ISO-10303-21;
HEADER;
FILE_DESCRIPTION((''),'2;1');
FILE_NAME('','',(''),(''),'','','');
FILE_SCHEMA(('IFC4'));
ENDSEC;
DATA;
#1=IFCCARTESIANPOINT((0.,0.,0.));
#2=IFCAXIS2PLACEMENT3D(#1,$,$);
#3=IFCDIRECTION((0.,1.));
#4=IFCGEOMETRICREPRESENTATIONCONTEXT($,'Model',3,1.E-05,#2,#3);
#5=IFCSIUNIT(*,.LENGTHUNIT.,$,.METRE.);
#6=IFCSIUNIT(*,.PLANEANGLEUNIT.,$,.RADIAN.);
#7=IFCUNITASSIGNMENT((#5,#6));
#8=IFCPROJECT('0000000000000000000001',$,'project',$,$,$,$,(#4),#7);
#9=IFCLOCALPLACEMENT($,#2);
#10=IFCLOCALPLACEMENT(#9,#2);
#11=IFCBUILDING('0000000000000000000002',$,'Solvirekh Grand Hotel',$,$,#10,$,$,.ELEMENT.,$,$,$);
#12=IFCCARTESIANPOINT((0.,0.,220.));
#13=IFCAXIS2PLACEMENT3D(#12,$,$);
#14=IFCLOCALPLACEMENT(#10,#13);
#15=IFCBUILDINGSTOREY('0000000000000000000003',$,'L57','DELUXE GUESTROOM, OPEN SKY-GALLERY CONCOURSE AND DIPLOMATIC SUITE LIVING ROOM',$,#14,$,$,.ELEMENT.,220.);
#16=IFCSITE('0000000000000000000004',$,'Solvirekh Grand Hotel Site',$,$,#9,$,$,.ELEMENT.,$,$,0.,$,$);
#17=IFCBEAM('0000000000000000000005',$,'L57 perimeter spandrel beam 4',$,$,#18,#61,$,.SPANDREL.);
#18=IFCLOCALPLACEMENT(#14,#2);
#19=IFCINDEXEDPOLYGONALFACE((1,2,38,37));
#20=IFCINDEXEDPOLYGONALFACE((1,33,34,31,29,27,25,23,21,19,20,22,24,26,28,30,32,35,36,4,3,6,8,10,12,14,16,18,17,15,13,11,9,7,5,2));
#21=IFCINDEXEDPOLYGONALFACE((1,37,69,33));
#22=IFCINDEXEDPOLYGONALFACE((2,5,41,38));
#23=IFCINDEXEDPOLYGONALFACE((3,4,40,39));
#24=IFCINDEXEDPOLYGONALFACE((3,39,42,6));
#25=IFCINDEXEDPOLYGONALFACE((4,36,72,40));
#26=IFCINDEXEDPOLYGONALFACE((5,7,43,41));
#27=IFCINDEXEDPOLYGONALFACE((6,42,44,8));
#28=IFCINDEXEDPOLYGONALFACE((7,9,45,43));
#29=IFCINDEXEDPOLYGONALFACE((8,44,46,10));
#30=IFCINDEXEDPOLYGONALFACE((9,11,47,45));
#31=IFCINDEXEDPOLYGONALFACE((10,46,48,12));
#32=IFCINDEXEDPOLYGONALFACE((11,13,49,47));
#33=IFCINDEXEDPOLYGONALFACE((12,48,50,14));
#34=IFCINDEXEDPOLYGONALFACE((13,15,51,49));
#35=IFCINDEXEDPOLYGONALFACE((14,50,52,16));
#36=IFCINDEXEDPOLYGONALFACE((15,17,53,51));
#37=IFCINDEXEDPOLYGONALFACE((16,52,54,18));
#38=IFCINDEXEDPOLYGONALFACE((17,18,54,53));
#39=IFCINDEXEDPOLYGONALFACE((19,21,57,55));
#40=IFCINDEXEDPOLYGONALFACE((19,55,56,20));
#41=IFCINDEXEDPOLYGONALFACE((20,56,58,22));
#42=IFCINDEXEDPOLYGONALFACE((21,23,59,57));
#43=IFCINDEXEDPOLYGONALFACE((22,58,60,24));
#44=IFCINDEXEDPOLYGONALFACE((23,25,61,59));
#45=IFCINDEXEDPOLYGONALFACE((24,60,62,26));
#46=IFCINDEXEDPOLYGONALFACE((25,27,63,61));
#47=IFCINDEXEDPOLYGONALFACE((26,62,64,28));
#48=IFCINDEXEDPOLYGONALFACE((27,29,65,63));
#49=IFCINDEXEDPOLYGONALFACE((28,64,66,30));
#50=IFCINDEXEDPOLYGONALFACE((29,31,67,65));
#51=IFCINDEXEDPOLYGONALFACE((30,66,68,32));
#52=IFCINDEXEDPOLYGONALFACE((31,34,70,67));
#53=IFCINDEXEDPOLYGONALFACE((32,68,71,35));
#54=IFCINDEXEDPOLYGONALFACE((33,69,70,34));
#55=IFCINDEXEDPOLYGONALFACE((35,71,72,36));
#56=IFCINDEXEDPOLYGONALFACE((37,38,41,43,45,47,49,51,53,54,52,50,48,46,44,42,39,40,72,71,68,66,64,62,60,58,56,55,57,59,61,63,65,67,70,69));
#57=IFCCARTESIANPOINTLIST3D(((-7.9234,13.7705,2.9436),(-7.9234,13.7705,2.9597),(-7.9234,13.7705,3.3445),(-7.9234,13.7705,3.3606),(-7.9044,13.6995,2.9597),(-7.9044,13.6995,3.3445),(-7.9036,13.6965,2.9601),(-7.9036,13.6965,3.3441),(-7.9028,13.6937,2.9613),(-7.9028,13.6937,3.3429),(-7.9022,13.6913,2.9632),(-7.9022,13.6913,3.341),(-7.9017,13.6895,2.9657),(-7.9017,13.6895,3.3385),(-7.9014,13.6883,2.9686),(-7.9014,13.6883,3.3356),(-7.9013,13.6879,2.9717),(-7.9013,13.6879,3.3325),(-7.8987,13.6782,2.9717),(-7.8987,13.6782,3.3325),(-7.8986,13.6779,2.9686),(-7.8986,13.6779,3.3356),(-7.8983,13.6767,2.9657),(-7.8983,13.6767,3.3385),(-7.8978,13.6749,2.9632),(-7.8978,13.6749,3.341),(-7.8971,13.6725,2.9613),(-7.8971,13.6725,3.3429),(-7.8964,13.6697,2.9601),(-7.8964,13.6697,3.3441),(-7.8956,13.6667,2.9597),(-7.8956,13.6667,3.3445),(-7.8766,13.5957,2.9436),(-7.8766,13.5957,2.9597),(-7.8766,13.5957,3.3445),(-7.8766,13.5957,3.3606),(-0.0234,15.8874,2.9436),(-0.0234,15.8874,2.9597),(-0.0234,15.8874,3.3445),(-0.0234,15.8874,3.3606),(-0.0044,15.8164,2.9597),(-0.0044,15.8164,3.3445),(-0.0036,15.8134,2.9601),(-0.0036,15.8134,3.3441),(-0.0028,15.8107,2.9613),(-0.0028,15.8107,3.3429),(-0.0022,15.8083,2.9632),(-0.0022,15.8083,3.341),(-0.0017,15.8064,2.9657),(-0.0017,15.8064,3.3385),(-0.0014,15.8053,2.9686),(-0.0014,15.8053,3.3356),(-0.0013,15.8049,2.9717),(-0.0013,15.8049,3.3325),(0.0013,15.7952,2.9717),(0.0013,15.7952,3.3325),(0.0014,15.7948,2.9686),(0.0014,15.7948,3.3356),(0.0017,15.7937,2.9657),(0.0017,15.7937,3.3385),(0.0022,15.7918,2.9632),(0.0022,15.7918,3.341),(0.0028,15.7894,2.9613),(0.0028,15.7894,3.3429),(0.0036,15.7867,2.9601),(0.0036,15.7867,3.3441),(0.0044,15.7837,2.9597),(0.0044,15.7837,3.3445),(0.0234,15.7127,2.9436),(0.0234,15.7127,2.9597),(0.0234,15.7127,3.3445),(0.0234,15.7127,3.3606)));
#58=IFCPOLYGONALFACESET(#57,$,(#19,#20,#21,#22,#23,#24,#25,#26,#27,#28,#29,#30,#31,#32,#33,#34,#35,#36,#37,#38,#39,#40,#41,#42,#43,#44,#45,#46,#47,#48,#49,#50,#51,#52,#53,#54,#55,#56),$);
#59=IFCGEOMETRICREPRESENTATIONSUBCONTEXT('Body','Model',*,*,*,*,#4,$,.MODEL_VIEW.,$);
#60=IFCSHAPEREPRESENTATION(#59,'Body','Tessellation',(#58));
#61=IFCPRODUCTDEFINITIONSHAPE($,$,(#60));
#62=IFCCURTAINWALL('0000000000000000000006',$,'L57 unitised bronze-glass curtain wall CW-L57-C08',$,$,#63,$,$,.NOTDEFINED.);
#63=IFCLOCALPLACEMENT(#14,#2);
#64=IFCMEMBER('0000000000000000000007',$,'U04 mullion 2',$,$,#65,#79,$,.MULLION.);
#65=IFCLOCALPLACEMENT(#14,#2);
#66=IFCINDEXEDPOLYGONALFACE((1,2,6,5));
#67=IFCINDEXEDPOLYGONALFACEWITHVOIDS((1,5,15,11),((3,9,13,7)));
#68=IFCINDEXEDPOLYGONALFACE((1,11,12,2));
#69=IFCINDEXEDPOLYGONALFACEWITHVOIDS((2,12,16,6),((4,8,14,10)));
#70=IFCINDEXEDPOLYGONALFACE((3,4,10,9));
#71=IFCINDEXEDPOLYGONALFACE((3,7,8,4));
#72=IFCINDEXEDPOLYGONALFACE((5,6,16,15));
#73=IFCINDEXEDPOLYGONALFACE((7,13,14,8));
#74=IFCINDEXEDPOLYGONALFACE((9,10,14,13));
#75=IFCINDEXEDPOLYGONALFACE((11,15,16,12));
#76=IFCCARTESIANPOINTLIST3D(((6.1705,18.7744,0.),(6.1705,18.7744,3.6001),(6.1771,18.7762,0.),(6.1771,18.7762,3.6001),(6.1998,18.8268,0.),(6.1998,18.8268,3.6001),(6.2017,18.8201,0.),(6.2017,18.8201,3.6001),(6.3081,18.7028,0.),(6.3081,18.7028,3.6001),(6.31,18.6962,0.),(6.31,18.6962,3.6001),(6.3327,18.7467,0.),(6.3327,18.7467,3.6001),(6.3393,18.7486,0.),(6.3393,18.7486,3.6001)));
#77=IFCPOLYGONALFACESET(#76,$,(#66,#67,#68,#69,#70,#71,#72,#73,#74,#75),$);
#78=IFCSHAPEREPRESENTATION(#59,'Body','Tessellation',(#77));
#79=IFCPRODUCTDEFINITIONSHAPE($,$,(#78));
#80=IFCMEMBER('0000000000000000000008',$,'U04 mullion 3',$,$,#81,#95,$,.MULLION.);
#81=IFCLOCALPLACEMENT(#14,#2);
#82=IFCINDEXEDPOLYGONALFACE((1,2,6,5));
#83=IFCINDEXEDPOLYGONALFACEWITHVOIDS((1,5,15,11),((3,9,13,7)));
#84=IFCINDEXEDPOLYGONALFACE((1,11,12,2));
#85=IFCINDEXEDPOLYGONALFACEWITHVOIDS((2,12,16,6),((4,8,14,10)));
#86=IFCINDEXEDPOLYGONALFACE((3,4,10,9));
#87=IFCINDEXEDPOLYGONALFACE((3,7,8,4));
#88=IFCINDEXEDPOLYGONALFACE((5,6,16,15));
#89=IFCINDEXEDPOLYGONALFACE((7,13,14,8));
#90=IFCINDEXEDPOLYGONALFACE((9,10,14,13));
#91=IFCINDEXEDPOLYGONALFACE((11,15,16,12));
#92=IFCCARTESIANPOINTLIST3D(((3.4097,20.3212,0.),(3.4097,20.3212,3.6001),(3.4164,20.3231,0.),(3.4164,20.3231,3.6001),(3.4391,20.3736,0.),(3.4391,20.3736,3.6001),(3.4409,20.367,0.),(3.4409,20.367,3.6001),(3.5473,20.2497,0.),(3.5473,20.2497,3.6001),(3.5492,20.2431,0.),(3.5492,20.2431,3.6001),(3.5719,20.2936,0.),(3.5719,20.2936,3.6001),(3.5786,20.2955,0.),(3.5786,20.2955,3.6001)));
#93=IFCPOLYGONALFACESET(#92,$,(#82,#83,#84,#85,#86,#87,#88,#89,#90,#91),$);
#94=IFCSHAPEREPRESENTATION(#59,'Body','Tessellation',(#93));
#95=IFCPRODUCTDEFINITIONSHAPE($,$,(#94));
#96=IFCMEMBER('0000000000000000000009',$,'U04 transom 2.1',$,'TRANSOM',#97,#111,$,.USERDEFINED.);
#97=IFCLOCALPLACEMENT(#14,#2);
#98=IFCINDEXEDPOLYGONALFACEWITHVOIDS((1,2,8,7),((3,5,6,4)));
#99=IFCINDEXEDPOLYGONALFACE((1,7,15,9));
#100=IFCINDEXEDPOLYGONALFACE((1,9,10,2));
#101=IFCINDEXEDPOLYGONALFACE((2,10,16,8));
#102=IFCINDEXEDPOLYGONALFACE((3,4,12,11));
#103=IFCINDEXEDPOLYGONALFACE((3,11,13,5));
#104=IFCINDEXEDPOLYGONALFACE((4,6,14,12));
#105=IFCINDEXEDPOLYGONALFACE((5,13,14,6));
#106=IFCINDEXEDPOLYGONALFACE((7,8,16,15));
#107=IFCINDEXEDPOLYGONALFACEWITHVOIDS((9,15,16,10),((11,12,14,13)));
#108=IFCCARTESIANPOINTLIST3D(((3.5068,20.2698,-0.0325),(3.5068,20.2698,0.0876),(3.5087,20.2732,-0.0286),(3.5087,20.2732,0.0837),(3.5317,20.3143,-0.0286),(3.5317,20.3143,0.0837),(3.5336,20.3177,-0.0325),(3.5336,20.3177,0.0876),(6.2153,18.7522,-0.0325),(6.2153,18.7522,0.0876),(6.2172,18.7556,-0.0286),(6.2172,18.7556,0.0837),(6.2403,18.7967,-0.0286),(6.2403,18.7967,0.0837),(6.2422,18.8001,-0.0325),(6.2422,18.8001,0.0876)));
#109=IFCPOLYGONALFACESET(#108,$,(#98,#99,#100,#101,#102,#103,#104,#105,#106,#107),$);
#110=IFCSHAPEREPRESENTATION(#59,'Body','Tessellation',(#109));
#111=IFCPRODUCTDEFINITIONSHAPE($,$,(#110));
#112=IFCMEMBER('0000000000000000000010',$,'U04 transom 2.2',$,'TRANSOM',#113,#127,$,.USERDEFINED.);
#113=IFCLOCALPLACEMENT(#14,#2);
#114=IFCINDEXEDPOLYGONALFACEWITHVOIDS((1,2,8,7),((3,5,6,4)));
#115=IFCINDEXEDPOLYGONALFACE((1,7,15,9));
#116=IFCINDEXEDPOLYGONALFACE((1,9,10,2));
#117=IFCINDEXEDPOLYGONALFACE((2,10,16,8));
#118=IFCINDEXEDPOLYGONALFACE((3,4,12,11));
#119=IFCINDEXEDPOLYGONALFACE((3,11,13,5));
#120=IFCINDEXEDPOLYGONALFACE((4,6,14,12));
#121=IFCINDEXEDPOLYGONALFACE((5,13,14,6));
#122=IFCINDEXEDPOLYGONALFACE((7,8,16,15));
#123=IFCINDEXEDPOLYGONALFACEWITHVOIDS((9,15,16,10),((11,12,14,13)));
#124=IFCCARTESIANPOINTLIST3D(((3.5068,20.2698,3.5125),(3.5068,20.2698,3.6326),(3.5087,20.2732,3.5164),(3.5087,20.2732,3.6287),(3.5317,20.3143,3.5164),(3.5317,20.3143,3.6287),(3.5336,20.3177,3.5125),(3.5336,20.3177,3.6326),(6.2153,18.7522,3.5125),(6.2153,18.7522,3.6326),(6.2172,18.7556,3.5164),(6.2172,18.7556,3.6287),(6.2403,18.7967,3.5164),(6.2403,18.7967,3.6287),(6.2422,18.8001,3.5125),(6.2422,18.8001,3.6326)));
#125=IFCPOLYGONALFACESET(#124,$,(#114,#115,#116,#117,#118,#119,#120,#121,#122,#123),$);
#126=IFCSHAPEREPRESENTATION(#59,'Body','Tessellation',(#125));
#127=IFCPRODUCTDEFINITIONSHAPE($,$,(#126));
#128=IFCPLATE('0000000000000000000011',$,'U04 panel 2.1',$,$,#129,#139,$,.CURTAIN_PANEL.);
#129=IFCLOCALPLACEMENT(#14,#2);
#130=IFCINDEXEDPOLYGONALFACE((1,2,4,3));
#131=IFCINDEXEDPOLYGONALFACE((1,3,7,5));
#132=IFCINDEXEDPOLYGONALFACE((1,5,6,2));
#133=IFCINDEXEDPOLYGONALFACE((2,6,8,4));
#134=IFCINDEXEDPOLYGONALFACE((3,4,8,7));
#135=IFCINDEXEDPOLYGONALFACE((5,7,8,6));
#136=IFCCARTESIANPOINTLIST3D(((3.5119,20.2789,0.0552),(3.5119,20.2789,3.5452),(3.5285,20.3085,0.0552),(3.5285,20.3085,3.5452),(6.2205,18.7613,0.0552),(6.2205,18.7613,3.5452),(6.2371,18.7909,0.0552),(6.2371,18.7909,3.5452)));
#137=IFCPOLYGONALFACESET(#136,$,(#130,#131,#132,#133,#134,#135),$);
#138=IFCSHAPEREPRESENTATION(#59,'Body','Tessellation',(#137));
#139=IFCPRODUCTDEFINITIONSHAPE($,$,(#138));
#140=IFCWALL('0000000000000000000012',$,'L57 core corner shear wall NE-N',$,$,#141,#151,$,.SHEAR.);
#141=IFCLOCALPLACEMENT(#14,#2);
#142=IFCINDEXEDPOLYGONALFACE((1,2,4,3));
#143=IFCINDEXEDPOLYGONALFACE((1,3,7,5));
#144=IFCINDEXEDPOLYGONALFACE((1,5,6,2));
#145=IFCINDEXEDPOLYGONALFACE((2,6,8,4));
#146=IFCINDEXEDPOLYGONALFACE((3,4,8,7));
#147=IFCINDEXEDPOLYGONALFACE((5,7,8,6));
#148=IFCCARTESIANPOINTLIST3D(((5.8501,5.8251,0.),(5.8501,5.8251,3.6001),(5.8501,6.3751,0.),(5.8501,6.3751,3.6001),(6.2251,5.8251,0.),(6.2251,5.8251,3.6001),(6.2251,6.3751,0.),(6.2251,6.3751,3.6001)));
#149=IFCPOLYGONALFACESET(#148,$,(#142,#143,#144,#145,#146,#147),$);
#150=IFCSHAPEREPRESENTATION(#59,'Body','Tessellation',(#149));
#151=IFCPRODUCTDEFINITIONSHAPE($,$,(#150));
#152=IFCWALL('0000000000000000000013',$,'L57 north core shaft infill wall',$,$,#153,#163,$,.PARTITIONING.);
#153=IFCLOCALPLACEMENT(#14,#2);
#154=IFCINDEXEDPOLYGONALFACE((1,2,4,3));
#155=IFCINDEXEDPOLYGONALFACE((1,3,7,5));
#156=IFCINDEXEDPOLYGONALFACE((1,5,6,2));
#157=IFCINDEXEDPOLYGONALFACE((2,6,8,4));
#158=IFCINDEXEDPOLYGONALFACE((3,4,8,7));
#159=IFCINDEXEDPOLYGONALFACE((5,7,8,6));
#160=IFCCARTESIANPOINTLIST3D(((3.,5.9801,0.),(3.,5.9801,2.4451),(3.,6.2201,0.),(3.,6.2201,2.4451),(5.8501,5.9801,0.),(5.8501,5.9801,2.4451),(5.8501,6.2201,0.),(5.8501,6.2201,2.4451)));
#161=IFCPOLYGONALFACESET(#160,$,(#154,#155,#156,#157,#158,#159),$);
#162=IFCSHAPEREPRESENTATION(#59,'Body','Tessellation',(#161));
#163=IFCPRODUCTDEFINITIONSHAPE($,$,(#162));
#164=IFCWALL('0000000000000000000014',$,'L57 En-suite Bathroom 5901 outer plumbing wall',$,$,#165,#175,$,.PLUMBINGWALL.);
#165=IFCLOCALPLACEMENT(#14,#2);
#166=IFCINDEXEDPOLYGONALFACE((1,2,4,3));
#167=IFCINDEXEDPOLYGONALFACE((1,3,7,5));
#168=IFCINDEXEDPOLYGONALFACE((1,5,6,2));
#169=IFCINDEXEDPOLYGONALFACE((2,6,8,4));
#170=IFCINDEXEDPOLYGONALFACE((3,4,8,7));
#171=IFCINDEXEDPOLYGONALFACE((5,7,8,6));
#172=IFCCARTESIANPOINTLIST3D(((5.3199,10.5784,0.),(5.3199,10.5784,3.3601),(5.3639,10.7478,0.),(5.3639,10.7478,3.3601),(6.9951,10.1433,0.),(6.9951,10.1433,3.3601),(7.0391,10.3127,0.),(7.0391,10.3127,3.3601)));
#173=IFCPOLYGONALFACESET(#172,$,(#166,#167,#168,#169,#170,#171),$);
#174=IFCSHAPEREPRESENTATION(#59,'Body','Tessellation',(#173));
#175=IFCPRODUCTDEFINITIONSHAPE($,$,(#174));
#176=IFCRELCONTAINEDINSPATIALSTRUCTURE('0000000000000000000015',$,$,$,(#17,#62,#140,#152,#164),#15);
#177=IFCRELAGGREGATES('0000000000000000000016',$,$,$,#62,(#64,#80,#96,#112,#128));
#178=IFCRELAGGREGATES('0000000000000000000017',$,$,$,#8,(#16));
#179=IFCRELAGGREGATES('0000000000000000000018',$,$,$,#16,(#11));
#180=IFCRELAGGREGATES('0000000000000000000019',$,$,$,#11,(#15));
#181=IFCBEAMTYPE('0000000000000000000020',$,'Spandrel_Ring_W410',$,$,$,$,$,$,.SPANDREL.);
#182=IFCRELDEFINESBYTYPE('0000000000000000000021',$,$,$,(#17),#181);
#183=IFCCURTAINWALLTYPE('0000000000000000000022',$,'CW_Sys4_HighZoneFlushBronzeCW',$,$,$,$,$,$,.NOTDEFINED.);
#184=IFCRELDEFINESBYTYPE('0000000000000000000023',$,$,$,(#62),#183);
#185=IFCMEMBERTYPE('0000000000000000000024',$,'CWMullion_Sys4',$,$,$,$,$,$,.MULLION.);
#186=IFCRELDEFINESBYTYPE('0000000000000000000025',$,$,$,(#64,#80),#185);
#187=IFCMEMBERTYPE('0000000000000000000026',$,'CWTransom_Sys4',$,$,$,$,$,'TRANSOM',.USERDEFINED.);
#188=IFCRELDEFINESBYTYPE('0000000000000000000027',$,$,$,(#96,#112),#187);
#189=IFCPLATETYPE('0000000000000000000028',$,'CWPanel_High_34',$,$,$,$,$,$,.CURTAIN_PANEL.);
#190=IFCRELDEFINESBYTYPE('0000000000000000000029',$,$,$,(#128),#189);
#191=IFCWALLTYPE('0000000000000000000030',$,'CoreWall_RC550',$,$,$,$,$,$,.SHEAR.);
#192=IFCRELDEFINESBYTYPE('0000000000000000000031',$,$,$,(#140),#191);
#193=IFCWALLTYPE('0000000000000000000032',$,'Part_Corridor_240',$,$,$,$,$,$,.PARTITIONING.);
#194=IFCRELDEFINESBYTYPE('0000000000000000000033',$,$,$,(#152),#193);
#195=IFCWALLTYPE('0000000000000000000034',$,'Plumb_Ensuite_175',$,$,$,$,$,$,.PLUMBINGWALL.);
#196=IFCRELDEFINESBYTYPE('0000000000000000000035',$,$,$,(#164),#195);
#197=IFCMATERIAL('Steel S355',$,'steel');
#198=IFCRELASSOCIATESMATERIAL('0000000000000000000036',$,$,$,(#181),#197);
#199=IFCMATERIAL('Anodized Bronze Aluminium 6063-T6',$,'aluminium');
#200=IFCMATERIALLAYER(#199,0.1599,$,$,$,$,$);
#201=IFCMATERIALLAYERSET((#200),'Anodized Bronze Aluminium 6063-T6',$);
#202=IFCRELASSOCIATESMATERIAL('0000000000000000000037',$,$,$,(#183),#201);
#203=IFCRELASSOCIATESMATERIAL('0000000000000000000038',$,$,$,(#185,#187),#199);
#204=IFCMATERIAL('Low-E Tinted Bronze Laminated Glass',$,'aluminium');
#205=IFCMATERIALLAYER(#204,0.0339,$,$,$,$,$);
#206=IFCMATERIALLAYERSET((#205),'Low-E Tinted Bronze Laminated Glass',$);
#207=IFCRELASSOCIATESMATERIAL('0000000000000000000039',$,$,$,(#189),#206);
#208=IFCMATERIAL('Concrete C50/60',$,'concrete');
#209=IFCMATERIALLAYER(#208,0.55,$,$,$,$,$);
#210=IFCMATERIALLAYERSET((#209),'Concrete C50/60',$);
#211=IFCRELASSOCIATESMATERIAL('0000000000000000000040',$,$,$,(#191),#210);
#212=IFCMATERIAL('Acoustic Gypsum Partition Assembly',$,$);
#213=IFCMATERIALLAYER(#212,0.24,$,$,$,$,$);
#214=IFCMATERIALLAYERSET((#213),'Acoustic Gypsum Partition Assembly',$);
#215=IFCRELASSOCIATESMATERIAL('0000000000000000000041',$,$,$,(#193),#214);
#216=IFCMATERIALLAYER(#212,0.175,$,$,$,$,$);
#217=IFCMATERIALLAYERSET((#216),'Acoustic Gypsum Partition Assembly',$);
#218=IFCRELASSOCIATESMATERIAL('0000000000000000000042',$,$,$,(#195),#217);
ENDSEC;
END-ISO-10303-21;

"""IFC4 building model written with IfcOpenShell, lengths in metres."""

from ifc_helpers import new_model, si_unit, direction, frame, frame_2d, origin, origin_2d, place, context, subcontext, project, spatial, rectangle, hollow_rectangle, i_section, extrude, source, transform, mapped, material, layer, layer_set, material_profile, profile_set, type_object, element, aggregate, save


model = new_model("IFC4")

# Units and contexts
model_context = context("Model", 3, precision=1e-05, world=origin(), true_north=direction((0.0, 1.0)))
body_context = subcontext(model_context, "Body", "Model", "MODEL_VIEW")
ifc_project = project(units=[si_unit("LENGTHUNIT", "METRE"), si_unit("PLANEANGLEUNIT", "RADIAN")], contexts=[model_context])

# Site, building, storey
site_placement = place(None, origin())
site = spatial("IfcSite", under=ifc_project, at=site_placement, Name="Solvirekh Grand Hotel Site", CompositionType="ELEMENT", RefElevation=0.0)
building_placement = place(site_placement, origin())
building = spatial("IfcBuilding", under=site, at=building_placement, Name="Solvirekh Grand Hotel", CompositionType="ELEMENT")
storey_placement = place(building_placement, frame((0.0, 0.0, 220.0)))
storey = spatial("IfcBuildingStorey", under=building, at=storey_placement, Name="L57", Description="DELUXE GUESTROOM, OPEN SKY-GALLERY CONCOURSE AND DIPLOMATIC SUITE LIVING ROOM", CompositionType="ELEMENT", Elevation=220.0)

# Shared definitions
ifc_material_1 = material(Name="Concrete C50/60", Category="concrete")

# Beam
ifc_material_2 = material(Name="Steel S355", Category="steel")
ifc_material_profile_1 = material_profile(ifc_material_2, i_section(OverallWidth=0.1809, OverallDepth=0.417, WebThickness=0.01, FlangeThickness=0.0161, FilletRadius=0.012, at=origin_2d()), Name="W410X85")
ifc_profile_set_1 = profile_set([ifc_material_profile_1], Name="Steel S355")
beam_type_1 = type_object("IfcBeamType", Name="Spandrel_Ring_W410", PredefinedType="SPANDREL", material=ifc_profile_set_1)
beam_1_placement = place(storey_placement, frame((0.0, 15.8, 3.1521), z_axis=(-0.965921, -0.258839, 0.0), x_axis=(0.258839, -0.965921, 0.0)))
element("IfcBeam", 1, at=beam_1_placement, inside=storey, type_object=beam_type_1, Name="L57 perimeter spandrel beam 4", PredefinedType="SPANDREL", context=body_context, shape_type="SweptSolid", body=[
    extrude(i_section(OverallWidth=0.1809, OverallDepth=0.417, WebThickness=0.01, FlangeThickness=0.0161, FilletRadius=0.012, at=origin_2d()), origin(), (0.0, 0.0, 1.0), 8.1787),
])

# Curtain wall, members, plate
ifc_material_3 = material(Name="Anodized Bronze Aluminium 6063-T6", Category="aluminium")
ifc_layer_1 = layer(ifc_material_3, 0.1599)
ifc_layer_set_1 = layer_set([ifc_layer_1], Name="Anodized Bronze Aluminium 6063-T6")
curtain_wall_type = type_object("IfcCurtainWallType", Name="CW_Sys4_HighZoneFlushBronzeCW", PredefinedType="NOTDEFINED", material=ifc_layer_set_1)
curtain_wall_placement = place(storey_placement, origin())
curtain_wall = element("IfcCurtainWall", 2, at=curtain_wall_placement, inside=storey, type_object=curtain_wall_type, Name="L57 unitised bronze-glass curtain wall CW-L57-C08", PredefinedType="NOTDEFINED")
ifc_material_profile_2 = material_profile(ifc_material_3, hollow_rectangle(XDim=0.0601, YDim=0.1599, WallThickness=0.0049, at=origin_2d()), Name="ALU RHS 160X60X5")
ifc_profile_set_2 = profile_set([ifc_material_profile_2], Name="Anodized Bronze Aluminium 6063-T6")
member_type_1 = type_object("IfcMemberType", Name="CWMullion_Sys4", PredefinedType="MULLION", material=ifc_profile_set_2)
shared_shape_1 = source(origin(), body_context, "Body", "SweptSolid", [
    extrude(hollow_rectangle(XDim=0.0601, YDim=0.1599, WallThickness=0.0049, at=origin_2d()), origin(), (0.0, 0.0, 1.0), 3.6001),
])
member_1_placement = place(storey_placement, frame((6.2549, 18.7615, 0.0), z_axis=(0.0, 0.0, 1.0), x_axis=(-0.488789, -0.872402, 0.0)))
member_1 = element("IfcMember", 3, at=member_1_placement, type_object=member_type_1, Name="U04 mullion 2", PredefinedType="MULLION", context=body_context, shape_type="MappedRepresentation", body=[
    mapped(shared_shape_1, transform((0.0, 0.0, 0.0), x_axis=(1.0, 0.0, 0.0), y_axis=(0.0, 1.0, 0.0), z_axis=(0.0, 0.0, 1.0), scale=1.0)),
])
member_2_placement = place(storey_placement, frame((3.4941, 20.3083, 0.0), z_axis=(0.0, 0.0, 1.0), x_axis=(-0.488789, -0.872402, 0.0)))
member_2 = element("IfcMember", 4, at=member_2_placement, type_object=member_type_1, Name="U04 mullion 3", PredefinedType="MULLION", context=body_context, shape_type="MappedRepresentation", body=[
    mapped(shared_shape_1, transform((0.0, 0.0, 0.0), x_axis=(1.0, 0.0, 0.0), y_axis=(0.0, 1.0, 0.0), z_axis=(0.0, 0.0, 1.0), scale=1.0)),
])
ifc_material_profile_3 = material_profile(ifc_material_3, hollow_rectangle(XDim=0.0549, YDim=0.1201, WallThickness=0.0039, at=origin_2d()), Name="ALU RHS 120X55X4")
ifc_profile_set_3 = profile_set([ifc_material_profile_3], Name="Anodized Bronze Aluminium 6063-T6")
member_type_2 = type_object("IfcMemberType", Name="CWTransom_Sys4", ElementType="TRANSOM", PredefinedType="USERDEFINED", material=ifc_profile_set_3)
shared_shape_2 = source(origin(), body_context, "Body", "SweptSolid", [
    extrude(hollow_rectangle(XDim=0.0549, YDim=0.1201, WallThickness=0.0039, at=origin_2d()), origin(), (0.0, 0.0, 1.0), 3.1047),
])
member_3_placement = place(storey_placement, frame((6.2288, 18.7761, 0.0276), z_axis=(-0.872393, 0.488804, 0.0), x_axis=(-0.488804, -0.872393, 0.0)))
member_3 = element("IfcMember", 5, at=member_3_placement, type_object=member_type_2, Name="U04 transom 2.1", ObjectType="TRANSOM", PredefinedType="USERDEFINED", context=body_context, shape_type="MappedRepresentation", body=[
    mapped(shared_shape_2, transform((0.0, 0.0, 0.0), x_axis=(1.0, 0.0, 0.0), y_axis=(0.0, 1.0, 0.0), z_axis=(0.0, 0.0, 1.0), scale=1.0)),
])
member_4_placement = place(storey_placement, frame((6.2288, 18.7761, 3.5725), z_axis=(-0.872393, 0.488804, 0.0), x_axis=(-0.488804, -0.872393, 0.0)))
member_4 = element("IfcMember", 6, at=member_4_placement, type_object=member_type_2, Name="U04 transom 2.2", ObjectType="TRANSOM", PredefinedType="USERDEFINED", context=body_context, shape_type="MappedRepresentation", body=[
    mapped(shared_shape_2, transform((0.0, 0.0, 0.0), x_axis=(1.0, 0.0, 0.0), y_axis=(0.0, 1.0, 0.0), z_axis=(0.0, 0.0, 1.0), scale=1.0)),
])
ifc_material_4 = material(Name="Low-E Tinted Bronze Laminated Glass", Category="aluminium")
ifc_layer_2 = layer(ifc_material_4, 0.0339)
ifc_layer_set_2 = layer_set([ifc_layer_2], Name="Low-E Tinted Bronze Laminated Glass")
plate_type = type_object("IfcPlateType", Name="CWPanel_High_34", PredefinedType="CURTAIN_PANEL", material=ifc_layer_set_2)
shared_shape_3 = source(origin(), body_context, "Body", "SweptSolid", [
    extrude(rectangle(XDim=3.1047, YDim=0.0339, at=origin_2d()), origin(), (0.0, 0.0, 1.0), 3.49),
])
plate_placement = place(storey_placement, frame((4.8745, 19.5349, 0.0552), z_axis=(0.0, 0.0, 1.0), x_axis=(-0.872402, 0.488789, 0.0)))
plate = element("IfcPlate", 7, at=plate_placement, type_object=plate_type, Name="U04 panel 2.1", PredefinedType="CURTAIN_PANEL", context=body_context, shape_type="MappedRepresentation", body=[
    mapped(shared_shape_3, transform((0.0, 0.0, 0.0), x_axis=(1.0, 0.0, 0.0), y_axis=(0.0, 1.0, 0.0), z_axis=(0.0, 0.0, 1.0), scale=1.0)),
])
aggregate(curtain_wall, [member_1, member_2, member_3, member_4, plate])

# Walls
ifc_layer_3 = layer(ifc_material_1, 0.55)
ifc_layer_set_3 = layer_set([ifc_layer_3], Name="Concrete C50/60")
wall_type_1 = type_object("IfcWallType", Name="CoreWall_RC550", PredefinedType="SHEAR", material=ifc_layer_set_3)
wall_1_placement = place(storey_placement, frame((5.8501, 6.1001, 0.0), z_axis=(0.0, 0.0, 1.0), x_axis=(1.0, 0.0, 0.0)))
element("IfcWall", 8, at=wall_1_placement, inside=storey, type_object=wall_type_1, Name="L57 core corner shear wall NE-N", PredefinedType="SHEAR", context=body_context, shape_type="SweptSolid", body=[
    extrude(rectangle(XDim=0.375, YDim=0.55, at=frame_2d((0.1875, 0.0))), origin(), (0.0, 0.0, 1.0), 3.6001),
])
ifc_material_5 = material(Name="Acoustic Gypsum Partition Assembly")
ifc_layer_4 = layer(ifc_material_5, 0.24)
ifc_layer_set_4 = layer_set([ifc_layer_4], Name="Acoustic Gypsum Partition Assembly")
wall_type_2 = type_object("IfcWallType", Name="Part_Corridor_240", PredefinedType="PARTITIONING", material=ifc_layer_set_4)
wall_2_placement = place(storey_placement, frame((3.0, 6.1001, 0.0), z_axis=(0.0, 0.0, 1.0), x_axis=(1.0, 0.0, 0.0)))
element("IfcWall", 9, at=wall_2_placement, inside=storey, type_object=wall_type_2, Name="L57 north core shaft infill wall", PredefinedType="PARTITIONING", context=body_context, shape_type="SweptSolid", body=[
    extrude(rectangle(XDim=2.8501, YDim=0.24, at=frame_2d((1.425, 0.0))), origin(), (0.0, 0.0, 1.0), 2.4451),
])
ifc_layer_5 = layer(ifc_material_5, 0.175)
ifc_layer_set_5 = layer_set([ifc_layer_5], Name="Acoustic Gypsum Partition Assembly")
wall_type_3 = type_object("IfcWallType", Name="Plumb_Ensuite_175", PredefinedType="PLUMBINGWALL", material=ifc_layer_set_5)
wall_3_placement = place(storey_placement, frame((5.342, 10.6631, 0.0), z_axis=(0.0, 0.0, 1.0), x_axis=(0.967886, -0.251388, 0.0)))
element("IfcWall", 10, at=wall_3_placement, inside=storey, type_object=wall_type_3, Name="L57 En-suite Bathroom 5901 outer plumbing wall", PredefinedType="PLUMBINGWALL", context=body_context, shape_type="SweptSolid", body=[
    extrude(rectangle(XDim=1.7307, YDim=0.175, at=frame_2d((0.8652, 0.0))), origin(), (0.0, 0.0, 1.0), 3.3601),
])

save(model, "model.ifc")
